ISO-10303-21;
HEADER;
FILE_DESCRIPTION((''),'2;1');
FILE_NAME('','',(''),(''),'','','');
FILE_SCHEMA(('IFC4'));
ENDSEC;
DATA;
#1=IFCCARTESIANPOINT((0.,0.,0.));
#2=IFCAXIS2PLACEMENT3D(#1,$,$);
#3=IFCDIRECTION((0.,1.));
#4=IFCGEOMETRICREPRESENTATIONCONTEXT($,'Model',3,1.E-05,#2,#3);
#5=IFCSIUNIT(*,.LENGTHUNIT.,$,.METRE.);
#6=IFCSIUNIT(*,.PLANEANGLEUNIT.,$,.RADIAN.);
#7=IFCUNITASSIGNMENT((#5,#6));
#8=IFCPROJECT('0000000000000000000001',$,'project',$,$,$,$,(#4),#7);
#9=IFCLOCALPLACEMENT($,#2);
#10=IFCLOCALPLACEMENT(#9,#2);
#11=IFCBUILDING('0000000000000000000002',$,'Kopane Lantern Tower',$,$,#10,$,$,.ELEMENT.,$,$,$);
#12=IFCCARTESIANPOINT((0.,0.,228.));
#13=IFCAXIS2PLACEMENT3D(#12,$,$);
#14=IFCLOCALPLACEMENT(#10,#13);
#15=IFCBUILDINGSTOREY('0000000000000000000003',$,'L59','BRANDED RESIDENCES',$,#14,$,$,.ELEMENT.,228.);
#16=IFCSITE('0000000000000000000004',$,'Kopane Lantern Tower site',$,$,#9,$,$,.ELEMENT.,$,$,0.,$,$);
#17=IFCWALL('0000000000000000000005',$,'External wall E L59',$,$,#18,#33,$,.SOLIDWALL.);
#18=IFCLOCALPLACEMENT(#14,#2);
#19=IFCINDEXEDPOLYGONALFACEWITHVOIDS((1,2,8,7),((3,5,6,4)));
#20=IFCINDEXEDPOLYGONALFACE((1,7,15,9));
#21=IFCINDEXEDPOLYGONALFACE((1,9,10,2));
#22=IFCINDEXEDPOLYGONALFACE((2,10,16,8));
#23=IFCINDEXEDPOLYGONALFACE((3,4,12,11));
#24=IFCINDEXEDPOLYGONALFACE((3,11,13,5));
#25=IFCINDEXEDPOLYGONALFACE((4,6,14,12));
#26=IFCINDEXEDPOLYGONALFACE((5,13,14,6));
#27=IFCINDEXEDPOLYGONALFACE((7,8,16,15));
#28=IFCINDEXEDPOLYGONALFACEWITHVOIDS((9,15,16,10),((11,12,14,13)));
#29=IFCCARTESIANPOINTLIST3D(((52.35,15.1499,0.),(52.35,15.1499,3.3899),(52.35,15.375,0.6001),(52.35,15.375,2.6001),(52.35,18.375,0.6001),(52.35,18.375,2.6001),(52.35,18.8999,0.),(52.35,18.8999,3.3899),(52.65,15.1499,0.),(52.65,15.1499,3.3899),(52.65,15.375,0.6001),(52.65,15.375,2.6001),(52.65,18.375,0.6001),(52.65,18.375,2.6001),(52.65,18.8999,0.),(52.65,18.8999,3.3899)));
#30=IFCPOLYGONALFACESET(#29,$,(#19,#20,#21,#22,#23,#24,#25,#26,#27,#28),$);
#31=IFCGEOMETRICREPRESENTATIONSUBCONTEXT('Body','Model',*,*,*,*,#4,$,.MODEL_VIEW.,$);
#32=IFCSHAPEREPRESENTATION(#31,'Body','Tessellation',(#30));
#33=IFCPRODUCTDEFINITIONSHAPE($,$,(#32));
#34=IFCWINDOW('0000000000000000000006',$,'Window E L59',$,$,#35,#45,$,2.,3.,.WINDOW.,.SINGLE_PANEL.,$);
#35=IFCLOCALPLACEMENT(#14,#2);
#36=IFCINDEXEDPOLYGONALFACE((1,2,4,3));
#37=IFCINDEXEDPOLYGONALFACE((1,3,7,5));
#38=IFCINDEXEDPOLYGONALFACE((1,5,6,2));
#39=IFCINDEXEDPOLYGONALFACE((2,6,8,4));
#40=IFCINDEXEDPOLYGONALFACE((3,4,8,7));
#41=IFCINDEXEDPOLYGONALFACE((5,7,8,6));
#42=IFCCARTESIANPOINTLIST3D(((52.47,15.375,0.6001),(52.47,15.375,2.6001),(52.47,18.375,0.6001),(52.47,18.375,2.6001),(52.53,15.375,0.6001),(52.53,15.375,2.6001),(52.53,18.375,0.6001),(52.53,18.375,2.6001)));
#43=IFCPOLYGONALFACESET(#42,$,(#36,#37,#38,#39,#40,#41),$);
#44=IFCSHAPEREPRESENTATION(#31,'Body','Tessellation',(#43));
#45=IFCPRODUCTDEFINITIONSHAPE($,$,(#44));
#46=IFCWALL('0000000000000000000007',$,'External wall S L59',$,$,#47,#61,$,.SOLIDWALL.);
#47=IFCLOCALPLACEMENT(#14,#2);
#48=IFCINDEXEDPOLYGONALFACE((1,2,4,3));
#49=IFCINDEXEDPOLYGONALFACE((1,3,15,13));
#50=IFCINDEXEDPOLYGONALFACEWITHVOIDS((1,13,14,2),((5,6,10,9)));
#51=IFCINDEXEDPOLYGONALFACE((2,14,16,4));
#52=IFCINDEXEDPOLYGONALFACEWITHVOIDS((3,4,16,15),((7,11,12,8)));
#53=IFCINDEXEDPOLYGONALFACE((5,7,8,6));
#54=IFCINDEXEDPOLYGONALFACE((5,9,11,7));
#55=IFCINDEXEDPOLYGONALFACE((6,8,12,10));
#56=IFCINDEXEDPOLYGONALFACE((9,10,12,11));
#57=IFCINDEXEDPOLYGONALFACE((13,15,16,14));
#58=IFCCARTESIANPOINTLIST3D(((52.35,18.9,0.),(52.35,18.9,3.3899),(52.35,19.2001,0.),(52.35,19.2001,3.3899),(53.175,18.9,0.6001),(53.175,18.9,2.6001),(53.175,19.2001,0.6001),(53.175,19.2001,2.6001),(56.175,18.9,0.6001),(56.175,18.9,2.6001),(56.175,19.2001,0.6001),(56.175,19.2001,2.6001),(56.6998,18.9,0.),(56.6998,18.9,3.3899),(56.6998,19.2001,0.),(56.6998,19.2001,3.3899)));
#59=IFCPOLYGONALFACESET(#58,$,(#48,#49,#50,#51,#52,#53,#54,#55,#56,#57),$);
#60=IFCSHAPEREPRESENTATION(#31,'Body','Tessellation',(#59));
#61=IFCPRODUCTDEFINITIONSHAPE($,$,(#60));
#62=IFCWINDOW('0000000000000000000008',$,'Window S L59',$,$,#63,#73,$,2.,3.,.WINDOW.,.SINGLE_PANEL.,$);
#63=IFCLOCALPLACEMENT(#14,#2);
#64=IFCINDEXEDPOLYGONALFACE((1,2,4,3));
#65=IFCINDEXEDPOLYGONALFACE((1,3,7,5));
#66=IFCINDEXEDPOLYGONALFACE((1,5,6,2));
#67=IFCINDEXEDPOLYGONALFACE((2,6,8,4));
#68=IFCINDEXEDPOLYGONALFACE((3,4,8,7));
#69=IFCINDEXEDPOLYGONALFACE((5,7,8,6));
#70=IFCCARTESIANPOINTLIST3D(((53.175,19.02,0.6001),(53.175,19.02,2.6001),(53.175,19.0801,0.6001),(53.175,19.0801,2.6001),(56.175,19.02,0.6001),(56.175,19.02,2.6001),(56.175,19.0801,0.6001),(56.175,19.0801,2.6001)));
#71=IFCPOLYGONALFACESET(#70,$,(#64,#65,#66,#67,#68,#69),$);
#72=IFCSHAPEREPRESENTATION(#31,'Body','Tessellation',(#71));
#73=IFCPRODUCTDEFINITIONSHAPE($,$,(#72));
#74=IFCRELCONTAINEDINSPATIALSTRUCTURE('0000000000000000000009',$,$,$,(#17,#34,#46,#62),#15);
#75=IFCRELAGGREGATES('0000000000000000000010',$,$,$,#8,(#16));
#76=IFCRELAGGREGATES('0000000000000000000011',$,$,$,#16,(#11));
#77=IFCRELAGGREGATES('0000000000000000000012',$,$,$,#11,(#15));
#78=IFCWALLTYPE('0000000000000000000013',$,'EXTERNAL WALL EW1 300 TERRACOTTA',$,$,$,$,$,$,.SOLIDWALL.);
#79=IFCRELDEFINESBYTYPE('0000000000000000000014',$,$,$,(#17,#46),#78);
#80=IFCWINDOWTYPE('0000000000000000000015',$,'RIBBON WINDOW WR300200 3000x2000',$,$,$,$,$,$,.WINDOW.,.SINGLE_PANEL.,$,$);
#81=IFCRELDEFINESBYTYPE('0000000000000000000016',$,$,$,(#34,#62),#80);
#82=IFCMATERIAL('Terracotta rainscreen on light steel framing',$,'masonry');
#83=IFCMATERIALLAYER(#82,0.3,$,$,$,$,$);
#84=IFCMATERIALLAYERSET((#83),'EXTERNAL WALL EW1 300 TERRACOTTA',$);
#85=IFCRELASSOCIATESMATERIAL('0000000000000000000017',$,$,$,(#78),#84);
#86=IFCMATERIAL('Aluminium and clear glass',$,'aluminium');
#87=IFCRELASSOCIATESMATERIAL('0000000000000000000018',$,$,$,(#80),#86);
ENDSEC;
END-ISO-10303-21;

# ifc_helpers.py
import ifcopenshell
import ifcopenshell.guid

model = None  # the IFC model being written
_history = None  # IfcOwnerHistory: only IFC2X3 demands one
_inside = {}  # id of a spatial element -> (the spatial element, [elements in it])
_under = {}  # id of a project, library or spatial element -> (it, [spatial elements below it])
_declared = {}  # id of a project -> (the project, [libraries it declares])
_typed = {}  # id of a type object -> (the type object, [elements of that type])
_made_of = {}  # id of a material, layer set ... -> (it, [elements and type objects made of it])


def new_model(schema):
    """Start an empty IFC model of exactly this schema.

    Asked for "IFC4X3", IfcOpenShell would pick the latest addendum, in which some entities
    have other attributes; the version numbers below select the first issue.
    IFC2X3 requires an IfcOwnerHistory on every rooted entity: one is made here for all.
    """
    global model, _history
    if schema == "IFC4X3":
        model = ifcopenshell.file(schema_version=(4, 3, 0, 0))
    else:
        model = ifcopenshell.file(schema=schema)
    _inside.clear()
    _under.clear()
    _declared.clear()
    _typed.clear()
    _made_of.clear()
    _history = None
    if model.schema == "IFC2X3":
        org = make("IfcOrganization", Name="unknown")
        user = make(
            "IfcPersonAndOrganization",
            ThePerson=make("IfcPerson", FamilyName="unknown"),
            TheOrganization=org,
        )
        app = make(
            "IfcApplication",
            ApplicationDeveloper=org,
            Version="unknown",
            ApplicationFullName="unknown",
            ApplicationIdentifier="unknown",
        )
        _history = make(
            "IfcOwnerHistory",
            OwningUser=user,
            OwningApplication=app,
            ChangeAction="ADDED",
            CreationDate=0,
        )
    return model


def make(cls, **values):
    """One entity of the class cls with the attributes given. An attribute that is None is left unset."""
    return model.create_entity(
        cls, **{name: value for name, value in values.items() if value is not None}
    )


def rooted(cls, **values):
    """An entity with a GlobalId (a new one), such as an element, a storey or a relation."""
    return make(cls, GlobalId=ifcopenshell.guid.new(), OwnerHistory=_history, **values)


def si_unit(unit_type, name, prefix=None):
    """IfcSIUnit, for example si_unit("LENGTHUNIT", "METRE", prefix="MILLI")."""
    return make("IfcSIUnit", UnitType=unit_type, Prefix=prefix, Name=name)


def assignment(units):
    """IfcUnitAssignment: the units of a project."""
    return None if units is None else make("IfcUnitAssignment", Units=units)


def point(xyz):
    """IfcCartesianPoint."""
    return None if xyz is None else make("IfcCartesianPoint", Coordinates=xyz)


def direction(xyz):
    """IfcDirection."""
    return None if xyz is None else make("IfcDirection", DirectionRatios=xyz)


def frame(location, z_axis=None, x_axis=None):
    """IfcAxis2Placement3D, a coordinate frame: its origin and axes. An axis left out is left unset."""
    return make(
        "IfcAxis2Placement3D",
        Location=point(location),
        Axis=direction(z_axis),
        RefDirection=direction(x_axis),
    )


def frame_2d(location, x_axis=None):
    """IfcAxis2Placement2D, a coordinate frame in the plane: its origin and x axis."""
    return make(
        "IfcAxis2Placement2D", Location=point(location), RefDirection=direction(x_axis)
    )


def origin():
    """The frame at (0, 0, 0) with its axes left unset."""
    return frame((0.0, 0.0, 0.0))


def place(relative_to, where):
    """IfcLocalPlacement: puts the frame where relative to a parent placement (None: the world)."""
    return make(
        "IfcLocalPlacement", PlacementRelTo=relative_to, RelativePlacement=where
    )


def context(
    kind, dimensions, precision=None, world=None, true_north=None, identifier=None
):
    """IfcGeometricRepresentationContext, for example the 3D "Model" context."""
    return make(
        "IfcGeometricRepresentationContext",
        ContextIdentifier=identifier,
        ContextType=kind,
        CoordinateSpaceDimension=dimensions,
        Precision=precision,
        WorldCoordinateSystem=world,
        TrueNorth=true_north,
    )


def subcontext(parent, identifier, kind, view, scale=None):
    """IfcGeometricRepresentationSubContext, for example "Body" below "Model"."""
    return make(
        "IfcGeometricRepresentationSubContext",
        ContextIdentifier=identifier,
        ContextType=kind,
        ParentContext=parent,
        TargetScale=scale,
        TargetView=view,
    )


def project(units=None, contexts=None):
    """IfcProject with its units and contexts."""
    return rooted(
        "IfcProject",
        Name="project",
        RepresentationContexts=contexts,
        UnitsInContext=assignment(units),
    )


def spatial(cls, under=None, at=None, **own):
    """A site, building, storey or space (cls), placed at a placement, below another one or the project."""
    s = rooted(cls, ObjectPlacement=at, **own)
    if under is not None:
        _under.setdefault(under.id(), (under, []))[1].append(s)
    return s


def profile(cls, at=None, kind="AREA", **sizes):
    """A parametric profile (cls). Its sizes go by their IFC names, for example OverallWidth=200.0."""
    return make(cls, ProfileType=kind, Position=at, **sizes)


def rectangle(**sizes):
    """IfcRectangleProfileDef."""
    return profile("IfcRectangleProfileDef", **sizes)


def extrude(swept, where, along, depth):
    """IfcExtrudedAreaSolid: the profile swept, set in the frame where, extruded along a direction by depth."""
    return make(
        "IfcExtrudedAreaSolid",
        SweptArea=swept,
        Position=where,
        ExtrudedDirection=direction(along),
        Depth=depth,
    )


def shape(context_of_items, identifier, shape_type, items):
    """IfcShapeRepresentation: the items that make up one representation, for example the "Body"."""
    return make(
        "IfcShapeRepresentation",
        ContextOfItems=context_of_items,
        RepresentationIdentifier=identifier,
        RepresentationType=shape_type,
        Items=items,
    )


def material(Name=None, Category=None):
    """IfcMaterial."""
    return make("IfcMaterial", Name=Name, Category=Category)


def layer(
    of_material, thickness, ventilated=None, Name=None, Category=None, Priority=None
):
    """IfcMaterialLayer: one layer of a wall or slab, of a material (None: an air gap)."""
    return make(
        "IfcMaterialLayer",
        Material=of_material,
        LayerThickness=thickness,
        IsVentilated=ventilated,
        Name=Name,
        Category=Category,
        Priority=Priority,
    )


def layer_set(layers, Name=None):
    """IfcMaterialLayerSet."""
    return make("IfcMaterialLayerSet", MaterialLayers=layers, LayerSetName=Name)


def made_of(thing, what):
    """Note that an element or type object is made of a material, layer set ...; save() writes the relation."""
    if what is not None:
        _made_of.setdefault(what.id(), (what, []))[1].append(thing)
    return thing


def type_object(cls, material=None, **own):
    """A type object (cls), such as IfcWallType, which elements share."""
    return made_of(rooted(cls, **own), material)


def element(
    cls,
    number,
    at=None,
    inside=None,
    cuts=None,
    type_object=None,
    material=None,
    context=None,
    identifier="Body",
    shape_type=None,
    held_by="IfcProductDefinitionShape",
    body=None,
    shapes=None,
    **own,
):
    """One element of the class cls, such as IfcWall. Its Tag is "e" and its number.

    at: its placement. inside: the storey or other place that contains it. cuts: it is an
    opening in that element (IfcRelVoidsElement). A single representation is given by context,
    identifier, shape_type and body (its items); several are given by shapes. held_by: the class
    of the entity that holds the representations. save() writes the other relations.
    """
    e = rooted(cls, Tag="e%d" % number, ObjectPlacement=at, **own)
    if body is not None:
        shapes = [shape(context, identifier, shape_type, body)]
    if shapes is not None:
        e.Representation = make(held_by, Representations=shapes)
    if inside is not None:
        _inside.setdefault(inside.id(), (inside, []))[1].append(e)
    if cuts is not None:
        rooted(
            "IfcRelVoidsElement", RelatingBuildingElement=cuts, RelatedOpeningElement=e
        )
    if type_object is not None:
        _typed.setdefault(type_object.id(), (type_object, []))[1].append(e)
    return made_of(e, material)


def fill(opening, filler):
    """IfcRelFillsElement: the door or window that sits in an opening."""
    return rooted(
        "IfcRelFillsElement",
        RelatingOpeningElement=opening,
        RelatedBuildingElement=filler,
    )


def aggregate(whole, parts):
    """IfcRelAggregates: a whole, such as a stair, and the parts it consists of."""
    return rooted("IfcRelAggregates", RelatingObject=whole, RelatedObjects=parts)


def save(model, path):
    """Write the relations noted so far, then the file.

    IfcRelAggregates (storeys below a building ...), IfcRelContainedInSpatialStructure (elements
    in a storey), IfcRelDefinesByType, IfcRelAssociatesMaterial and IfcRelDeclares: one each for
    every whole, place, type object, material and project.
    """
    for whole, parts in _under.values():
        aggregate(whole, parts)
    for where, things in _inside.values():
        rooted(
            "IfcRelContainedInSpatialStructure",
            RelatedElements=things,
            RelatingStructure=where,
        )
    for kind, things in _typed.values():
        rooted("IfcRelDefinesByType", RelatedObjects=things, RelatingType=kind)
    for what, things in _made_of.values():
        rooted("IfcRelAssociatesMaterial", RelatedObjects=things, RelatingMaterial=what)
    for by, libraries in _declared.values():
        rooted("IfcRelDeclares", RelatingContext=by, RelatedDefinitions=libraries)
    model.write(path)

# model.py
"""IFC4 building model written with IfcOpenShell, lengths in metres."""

from ifc_helpers import new_model, si_unit, direction, frame, frame_2d, origin, place, context, subcontext, project, spatial, rectangle, extrude, material, layer, layer_set, type_object, element, fill, save


model = new_model("IFC4")

# Units and contexts
model_context = context("Model", 3, precision=1e-05, world=origin(), true_north=direction((0.0, 1.0)))
body_context = subcontext(model_context, "Body", "Model", "MODEL_VIEW")
ifc_project = project(units=[si_unit("LENGTHUNIT", "METRE"), si_unit("PLANEANGLEUNIT", "RADIAN")], contexts=[model_context])

# Site, building, storey
site_placement = place(None, origin())
site = spatial("IfcSite", under=ifc_project, at=site_placement, Name="Kopane Lantern Tower site", CompositionType="ELEMENT", RefElevation=0.0)
building_placement = place(site_placement, origin())
building = spatial("IfcBuilding", under=site, at=building_placement, Name="Kopane Lantern Tower", CompositionType="ELEMENT")
storey_placement = place(building_placement, frame((0.0, 0.0, 228.0)))
storey = spatial("IfcBuildingStorey", under=building, at=storey_placement, Name="L59", Description="BRANDED RESIDENCES", CompositionType="ELEMENT", Elevation=228.0)

# Walls, openings, windows
ifc_material_1 = material(Name="Terracotta rainscreen on light steel framing", Category="masonry")
ifc_layer = layer(ifc_material_1, 0.3)
ifc_layer_set = layer_set([ifc_layer], Name="EXTERNAL WALL EW1 300 TERRACOTTA")
wall_type = type_object("IfcWallType", Name="EXTERNAL WALL EW1 300 TERRACOTTA", PredefinedType="SOLIDWALL", material=ifc_layer_set)
wall_1_placement = place(storey_placement, frame((52.5, 15.1499, 0.0), z_axis=(0.0, 0.0, 1.0), x_axis=(0.0, 1.0, 0.0)))
wall_1 = element("IfcWall", 1, at=wall_1_placement, inside=storey, type_object=wall_type, Name="External wall E L59", PredefinedType="SOLIDWALL", context=body_context, shape_type="SweptSolid", body=[
    extrude(rectangle(XDim=3.75, YDim=0.3, at=frame_2d((1.875, 0.0))), origin(), (0.0, 0.0, 1.0), 3.3899),
])
opening_1_placement = place(wall_1_placement, frame((0.2251, 0.0, 0.6001)))
opening_1 = element("IfcOpeningElement", 2, at=opening_1_placement, cuts=wall_1, PredefinedType="OPENING", context=body_context, shape_type="SweptSolid", body=[
    extrude(rectangle(XDim=3.0, YDim=2.0, at=frame_2d((1.5, 1.0))), frame((0.0, 0.1599, 0.0), z_axis=(0.0, -1.0, 0.0), x_axis=(1.0, 0.0, 0.0)), (0.0, 0.0, 1.0), 0.3201),
])
ifc_material_2 = material(Name="Aluminium and clear glass", Category="aluminium")
window_type = type_object("IfcWindowType", Name="RIBBON WINDOW WR300200 3000x2000", PartitioningType="SINGLE_PANEL", PredefinedType="WINDOW", material=ifc_material_2)
window_1_placement = place(opening_1_placement, origin())
window_1 = element("IfcWindow", 3, at=window_1_placement, inside=storey, type_object=window_type, Name="Window E L59", OverallHeight=2.0, OverallWidth=3.0, PartitioningType="SINGLE_PANEL", PredefinedType="WINDOW", context=body_context, shape_type="SweptSolid", body=[
    extrude(rectangle(XDim=3.0, YDim=2.0, at=frame_2d((1.5, 1.0))), frame((0.0, 0.03, 0.0), z_axis=(0.0, -1.0, 0.0), x_axis=(1.0, 0.0, 0.0)), (0.0, 0.0, 1.0), 0.0601),
])
fill(opening_1, window_1)
wall_2_placement = place(storey_placement, frame((52.3501, 19.05, 0.0), z_axis=(0.0, 0.0, 1.0), x_axis=(1.0, 0.0, 0.0)))
wall_2 = element("IfcWall", 4, at=wall_2_placement, inside=storey, type_object=wall_type, Name="External wall S L59", PredefinedType="SOLIDWALL", context=body_context, shape_type="SweptSolid", body=[
    extrude(rectangle(XDim=4.3499, YDim=0.3, at=frame_2d((2.1748, 0.0))), origin(), (0.0, 0.0, 1.0), 3.3899),
])
opening_2_placement = place(wall_2_placement, frame((0.825, 0.0, 0.6001)))
opening_2 = element("IfcOpeningElement", 5, at=opening_2_placement, cuts=wall_2, PredefinedType="OPENING", context=body_context, shape_type="SweptSolid", body=[
    extrude(rectangle(XDim=3.0, YDim=2.0, at=frame_2d((1.5, 1.0))), frame((0.0, 0.1599, 0.0), z_axis=(0.0, -1.0, 0.0), x_axis=(1.0, 0.0, 0.0)), (0.0, 0.0, 1.0), 0.3201),
])
window_2_placement = place(opening_2_placement, origin())
window_2 = element("IfcWindow", 6, at=window_2_placement, inside=storey, type_object=window_type, Name="Window S L59", OverallHeight=2.0, OverallWidth=3.0, PartitioningType="SINGLE_PANEL", PredefinedType="WINDOW", context=body_context, shape_type="SweptSolid", body=[
    extrude(rectangle(XDim=3.0, YDim=2.0, at=frame_2d((1.5, 1.0))), frame((0.0, 0.03, 0.0), z_axis=(0.0, -1.0, 0.0), x_axis=(1.0, 0.0, 0.0)), (0.0, 0.0, 1.0), 0.0601),
])
fill(opening_2, window_2)

save(model, "model.ifc")
